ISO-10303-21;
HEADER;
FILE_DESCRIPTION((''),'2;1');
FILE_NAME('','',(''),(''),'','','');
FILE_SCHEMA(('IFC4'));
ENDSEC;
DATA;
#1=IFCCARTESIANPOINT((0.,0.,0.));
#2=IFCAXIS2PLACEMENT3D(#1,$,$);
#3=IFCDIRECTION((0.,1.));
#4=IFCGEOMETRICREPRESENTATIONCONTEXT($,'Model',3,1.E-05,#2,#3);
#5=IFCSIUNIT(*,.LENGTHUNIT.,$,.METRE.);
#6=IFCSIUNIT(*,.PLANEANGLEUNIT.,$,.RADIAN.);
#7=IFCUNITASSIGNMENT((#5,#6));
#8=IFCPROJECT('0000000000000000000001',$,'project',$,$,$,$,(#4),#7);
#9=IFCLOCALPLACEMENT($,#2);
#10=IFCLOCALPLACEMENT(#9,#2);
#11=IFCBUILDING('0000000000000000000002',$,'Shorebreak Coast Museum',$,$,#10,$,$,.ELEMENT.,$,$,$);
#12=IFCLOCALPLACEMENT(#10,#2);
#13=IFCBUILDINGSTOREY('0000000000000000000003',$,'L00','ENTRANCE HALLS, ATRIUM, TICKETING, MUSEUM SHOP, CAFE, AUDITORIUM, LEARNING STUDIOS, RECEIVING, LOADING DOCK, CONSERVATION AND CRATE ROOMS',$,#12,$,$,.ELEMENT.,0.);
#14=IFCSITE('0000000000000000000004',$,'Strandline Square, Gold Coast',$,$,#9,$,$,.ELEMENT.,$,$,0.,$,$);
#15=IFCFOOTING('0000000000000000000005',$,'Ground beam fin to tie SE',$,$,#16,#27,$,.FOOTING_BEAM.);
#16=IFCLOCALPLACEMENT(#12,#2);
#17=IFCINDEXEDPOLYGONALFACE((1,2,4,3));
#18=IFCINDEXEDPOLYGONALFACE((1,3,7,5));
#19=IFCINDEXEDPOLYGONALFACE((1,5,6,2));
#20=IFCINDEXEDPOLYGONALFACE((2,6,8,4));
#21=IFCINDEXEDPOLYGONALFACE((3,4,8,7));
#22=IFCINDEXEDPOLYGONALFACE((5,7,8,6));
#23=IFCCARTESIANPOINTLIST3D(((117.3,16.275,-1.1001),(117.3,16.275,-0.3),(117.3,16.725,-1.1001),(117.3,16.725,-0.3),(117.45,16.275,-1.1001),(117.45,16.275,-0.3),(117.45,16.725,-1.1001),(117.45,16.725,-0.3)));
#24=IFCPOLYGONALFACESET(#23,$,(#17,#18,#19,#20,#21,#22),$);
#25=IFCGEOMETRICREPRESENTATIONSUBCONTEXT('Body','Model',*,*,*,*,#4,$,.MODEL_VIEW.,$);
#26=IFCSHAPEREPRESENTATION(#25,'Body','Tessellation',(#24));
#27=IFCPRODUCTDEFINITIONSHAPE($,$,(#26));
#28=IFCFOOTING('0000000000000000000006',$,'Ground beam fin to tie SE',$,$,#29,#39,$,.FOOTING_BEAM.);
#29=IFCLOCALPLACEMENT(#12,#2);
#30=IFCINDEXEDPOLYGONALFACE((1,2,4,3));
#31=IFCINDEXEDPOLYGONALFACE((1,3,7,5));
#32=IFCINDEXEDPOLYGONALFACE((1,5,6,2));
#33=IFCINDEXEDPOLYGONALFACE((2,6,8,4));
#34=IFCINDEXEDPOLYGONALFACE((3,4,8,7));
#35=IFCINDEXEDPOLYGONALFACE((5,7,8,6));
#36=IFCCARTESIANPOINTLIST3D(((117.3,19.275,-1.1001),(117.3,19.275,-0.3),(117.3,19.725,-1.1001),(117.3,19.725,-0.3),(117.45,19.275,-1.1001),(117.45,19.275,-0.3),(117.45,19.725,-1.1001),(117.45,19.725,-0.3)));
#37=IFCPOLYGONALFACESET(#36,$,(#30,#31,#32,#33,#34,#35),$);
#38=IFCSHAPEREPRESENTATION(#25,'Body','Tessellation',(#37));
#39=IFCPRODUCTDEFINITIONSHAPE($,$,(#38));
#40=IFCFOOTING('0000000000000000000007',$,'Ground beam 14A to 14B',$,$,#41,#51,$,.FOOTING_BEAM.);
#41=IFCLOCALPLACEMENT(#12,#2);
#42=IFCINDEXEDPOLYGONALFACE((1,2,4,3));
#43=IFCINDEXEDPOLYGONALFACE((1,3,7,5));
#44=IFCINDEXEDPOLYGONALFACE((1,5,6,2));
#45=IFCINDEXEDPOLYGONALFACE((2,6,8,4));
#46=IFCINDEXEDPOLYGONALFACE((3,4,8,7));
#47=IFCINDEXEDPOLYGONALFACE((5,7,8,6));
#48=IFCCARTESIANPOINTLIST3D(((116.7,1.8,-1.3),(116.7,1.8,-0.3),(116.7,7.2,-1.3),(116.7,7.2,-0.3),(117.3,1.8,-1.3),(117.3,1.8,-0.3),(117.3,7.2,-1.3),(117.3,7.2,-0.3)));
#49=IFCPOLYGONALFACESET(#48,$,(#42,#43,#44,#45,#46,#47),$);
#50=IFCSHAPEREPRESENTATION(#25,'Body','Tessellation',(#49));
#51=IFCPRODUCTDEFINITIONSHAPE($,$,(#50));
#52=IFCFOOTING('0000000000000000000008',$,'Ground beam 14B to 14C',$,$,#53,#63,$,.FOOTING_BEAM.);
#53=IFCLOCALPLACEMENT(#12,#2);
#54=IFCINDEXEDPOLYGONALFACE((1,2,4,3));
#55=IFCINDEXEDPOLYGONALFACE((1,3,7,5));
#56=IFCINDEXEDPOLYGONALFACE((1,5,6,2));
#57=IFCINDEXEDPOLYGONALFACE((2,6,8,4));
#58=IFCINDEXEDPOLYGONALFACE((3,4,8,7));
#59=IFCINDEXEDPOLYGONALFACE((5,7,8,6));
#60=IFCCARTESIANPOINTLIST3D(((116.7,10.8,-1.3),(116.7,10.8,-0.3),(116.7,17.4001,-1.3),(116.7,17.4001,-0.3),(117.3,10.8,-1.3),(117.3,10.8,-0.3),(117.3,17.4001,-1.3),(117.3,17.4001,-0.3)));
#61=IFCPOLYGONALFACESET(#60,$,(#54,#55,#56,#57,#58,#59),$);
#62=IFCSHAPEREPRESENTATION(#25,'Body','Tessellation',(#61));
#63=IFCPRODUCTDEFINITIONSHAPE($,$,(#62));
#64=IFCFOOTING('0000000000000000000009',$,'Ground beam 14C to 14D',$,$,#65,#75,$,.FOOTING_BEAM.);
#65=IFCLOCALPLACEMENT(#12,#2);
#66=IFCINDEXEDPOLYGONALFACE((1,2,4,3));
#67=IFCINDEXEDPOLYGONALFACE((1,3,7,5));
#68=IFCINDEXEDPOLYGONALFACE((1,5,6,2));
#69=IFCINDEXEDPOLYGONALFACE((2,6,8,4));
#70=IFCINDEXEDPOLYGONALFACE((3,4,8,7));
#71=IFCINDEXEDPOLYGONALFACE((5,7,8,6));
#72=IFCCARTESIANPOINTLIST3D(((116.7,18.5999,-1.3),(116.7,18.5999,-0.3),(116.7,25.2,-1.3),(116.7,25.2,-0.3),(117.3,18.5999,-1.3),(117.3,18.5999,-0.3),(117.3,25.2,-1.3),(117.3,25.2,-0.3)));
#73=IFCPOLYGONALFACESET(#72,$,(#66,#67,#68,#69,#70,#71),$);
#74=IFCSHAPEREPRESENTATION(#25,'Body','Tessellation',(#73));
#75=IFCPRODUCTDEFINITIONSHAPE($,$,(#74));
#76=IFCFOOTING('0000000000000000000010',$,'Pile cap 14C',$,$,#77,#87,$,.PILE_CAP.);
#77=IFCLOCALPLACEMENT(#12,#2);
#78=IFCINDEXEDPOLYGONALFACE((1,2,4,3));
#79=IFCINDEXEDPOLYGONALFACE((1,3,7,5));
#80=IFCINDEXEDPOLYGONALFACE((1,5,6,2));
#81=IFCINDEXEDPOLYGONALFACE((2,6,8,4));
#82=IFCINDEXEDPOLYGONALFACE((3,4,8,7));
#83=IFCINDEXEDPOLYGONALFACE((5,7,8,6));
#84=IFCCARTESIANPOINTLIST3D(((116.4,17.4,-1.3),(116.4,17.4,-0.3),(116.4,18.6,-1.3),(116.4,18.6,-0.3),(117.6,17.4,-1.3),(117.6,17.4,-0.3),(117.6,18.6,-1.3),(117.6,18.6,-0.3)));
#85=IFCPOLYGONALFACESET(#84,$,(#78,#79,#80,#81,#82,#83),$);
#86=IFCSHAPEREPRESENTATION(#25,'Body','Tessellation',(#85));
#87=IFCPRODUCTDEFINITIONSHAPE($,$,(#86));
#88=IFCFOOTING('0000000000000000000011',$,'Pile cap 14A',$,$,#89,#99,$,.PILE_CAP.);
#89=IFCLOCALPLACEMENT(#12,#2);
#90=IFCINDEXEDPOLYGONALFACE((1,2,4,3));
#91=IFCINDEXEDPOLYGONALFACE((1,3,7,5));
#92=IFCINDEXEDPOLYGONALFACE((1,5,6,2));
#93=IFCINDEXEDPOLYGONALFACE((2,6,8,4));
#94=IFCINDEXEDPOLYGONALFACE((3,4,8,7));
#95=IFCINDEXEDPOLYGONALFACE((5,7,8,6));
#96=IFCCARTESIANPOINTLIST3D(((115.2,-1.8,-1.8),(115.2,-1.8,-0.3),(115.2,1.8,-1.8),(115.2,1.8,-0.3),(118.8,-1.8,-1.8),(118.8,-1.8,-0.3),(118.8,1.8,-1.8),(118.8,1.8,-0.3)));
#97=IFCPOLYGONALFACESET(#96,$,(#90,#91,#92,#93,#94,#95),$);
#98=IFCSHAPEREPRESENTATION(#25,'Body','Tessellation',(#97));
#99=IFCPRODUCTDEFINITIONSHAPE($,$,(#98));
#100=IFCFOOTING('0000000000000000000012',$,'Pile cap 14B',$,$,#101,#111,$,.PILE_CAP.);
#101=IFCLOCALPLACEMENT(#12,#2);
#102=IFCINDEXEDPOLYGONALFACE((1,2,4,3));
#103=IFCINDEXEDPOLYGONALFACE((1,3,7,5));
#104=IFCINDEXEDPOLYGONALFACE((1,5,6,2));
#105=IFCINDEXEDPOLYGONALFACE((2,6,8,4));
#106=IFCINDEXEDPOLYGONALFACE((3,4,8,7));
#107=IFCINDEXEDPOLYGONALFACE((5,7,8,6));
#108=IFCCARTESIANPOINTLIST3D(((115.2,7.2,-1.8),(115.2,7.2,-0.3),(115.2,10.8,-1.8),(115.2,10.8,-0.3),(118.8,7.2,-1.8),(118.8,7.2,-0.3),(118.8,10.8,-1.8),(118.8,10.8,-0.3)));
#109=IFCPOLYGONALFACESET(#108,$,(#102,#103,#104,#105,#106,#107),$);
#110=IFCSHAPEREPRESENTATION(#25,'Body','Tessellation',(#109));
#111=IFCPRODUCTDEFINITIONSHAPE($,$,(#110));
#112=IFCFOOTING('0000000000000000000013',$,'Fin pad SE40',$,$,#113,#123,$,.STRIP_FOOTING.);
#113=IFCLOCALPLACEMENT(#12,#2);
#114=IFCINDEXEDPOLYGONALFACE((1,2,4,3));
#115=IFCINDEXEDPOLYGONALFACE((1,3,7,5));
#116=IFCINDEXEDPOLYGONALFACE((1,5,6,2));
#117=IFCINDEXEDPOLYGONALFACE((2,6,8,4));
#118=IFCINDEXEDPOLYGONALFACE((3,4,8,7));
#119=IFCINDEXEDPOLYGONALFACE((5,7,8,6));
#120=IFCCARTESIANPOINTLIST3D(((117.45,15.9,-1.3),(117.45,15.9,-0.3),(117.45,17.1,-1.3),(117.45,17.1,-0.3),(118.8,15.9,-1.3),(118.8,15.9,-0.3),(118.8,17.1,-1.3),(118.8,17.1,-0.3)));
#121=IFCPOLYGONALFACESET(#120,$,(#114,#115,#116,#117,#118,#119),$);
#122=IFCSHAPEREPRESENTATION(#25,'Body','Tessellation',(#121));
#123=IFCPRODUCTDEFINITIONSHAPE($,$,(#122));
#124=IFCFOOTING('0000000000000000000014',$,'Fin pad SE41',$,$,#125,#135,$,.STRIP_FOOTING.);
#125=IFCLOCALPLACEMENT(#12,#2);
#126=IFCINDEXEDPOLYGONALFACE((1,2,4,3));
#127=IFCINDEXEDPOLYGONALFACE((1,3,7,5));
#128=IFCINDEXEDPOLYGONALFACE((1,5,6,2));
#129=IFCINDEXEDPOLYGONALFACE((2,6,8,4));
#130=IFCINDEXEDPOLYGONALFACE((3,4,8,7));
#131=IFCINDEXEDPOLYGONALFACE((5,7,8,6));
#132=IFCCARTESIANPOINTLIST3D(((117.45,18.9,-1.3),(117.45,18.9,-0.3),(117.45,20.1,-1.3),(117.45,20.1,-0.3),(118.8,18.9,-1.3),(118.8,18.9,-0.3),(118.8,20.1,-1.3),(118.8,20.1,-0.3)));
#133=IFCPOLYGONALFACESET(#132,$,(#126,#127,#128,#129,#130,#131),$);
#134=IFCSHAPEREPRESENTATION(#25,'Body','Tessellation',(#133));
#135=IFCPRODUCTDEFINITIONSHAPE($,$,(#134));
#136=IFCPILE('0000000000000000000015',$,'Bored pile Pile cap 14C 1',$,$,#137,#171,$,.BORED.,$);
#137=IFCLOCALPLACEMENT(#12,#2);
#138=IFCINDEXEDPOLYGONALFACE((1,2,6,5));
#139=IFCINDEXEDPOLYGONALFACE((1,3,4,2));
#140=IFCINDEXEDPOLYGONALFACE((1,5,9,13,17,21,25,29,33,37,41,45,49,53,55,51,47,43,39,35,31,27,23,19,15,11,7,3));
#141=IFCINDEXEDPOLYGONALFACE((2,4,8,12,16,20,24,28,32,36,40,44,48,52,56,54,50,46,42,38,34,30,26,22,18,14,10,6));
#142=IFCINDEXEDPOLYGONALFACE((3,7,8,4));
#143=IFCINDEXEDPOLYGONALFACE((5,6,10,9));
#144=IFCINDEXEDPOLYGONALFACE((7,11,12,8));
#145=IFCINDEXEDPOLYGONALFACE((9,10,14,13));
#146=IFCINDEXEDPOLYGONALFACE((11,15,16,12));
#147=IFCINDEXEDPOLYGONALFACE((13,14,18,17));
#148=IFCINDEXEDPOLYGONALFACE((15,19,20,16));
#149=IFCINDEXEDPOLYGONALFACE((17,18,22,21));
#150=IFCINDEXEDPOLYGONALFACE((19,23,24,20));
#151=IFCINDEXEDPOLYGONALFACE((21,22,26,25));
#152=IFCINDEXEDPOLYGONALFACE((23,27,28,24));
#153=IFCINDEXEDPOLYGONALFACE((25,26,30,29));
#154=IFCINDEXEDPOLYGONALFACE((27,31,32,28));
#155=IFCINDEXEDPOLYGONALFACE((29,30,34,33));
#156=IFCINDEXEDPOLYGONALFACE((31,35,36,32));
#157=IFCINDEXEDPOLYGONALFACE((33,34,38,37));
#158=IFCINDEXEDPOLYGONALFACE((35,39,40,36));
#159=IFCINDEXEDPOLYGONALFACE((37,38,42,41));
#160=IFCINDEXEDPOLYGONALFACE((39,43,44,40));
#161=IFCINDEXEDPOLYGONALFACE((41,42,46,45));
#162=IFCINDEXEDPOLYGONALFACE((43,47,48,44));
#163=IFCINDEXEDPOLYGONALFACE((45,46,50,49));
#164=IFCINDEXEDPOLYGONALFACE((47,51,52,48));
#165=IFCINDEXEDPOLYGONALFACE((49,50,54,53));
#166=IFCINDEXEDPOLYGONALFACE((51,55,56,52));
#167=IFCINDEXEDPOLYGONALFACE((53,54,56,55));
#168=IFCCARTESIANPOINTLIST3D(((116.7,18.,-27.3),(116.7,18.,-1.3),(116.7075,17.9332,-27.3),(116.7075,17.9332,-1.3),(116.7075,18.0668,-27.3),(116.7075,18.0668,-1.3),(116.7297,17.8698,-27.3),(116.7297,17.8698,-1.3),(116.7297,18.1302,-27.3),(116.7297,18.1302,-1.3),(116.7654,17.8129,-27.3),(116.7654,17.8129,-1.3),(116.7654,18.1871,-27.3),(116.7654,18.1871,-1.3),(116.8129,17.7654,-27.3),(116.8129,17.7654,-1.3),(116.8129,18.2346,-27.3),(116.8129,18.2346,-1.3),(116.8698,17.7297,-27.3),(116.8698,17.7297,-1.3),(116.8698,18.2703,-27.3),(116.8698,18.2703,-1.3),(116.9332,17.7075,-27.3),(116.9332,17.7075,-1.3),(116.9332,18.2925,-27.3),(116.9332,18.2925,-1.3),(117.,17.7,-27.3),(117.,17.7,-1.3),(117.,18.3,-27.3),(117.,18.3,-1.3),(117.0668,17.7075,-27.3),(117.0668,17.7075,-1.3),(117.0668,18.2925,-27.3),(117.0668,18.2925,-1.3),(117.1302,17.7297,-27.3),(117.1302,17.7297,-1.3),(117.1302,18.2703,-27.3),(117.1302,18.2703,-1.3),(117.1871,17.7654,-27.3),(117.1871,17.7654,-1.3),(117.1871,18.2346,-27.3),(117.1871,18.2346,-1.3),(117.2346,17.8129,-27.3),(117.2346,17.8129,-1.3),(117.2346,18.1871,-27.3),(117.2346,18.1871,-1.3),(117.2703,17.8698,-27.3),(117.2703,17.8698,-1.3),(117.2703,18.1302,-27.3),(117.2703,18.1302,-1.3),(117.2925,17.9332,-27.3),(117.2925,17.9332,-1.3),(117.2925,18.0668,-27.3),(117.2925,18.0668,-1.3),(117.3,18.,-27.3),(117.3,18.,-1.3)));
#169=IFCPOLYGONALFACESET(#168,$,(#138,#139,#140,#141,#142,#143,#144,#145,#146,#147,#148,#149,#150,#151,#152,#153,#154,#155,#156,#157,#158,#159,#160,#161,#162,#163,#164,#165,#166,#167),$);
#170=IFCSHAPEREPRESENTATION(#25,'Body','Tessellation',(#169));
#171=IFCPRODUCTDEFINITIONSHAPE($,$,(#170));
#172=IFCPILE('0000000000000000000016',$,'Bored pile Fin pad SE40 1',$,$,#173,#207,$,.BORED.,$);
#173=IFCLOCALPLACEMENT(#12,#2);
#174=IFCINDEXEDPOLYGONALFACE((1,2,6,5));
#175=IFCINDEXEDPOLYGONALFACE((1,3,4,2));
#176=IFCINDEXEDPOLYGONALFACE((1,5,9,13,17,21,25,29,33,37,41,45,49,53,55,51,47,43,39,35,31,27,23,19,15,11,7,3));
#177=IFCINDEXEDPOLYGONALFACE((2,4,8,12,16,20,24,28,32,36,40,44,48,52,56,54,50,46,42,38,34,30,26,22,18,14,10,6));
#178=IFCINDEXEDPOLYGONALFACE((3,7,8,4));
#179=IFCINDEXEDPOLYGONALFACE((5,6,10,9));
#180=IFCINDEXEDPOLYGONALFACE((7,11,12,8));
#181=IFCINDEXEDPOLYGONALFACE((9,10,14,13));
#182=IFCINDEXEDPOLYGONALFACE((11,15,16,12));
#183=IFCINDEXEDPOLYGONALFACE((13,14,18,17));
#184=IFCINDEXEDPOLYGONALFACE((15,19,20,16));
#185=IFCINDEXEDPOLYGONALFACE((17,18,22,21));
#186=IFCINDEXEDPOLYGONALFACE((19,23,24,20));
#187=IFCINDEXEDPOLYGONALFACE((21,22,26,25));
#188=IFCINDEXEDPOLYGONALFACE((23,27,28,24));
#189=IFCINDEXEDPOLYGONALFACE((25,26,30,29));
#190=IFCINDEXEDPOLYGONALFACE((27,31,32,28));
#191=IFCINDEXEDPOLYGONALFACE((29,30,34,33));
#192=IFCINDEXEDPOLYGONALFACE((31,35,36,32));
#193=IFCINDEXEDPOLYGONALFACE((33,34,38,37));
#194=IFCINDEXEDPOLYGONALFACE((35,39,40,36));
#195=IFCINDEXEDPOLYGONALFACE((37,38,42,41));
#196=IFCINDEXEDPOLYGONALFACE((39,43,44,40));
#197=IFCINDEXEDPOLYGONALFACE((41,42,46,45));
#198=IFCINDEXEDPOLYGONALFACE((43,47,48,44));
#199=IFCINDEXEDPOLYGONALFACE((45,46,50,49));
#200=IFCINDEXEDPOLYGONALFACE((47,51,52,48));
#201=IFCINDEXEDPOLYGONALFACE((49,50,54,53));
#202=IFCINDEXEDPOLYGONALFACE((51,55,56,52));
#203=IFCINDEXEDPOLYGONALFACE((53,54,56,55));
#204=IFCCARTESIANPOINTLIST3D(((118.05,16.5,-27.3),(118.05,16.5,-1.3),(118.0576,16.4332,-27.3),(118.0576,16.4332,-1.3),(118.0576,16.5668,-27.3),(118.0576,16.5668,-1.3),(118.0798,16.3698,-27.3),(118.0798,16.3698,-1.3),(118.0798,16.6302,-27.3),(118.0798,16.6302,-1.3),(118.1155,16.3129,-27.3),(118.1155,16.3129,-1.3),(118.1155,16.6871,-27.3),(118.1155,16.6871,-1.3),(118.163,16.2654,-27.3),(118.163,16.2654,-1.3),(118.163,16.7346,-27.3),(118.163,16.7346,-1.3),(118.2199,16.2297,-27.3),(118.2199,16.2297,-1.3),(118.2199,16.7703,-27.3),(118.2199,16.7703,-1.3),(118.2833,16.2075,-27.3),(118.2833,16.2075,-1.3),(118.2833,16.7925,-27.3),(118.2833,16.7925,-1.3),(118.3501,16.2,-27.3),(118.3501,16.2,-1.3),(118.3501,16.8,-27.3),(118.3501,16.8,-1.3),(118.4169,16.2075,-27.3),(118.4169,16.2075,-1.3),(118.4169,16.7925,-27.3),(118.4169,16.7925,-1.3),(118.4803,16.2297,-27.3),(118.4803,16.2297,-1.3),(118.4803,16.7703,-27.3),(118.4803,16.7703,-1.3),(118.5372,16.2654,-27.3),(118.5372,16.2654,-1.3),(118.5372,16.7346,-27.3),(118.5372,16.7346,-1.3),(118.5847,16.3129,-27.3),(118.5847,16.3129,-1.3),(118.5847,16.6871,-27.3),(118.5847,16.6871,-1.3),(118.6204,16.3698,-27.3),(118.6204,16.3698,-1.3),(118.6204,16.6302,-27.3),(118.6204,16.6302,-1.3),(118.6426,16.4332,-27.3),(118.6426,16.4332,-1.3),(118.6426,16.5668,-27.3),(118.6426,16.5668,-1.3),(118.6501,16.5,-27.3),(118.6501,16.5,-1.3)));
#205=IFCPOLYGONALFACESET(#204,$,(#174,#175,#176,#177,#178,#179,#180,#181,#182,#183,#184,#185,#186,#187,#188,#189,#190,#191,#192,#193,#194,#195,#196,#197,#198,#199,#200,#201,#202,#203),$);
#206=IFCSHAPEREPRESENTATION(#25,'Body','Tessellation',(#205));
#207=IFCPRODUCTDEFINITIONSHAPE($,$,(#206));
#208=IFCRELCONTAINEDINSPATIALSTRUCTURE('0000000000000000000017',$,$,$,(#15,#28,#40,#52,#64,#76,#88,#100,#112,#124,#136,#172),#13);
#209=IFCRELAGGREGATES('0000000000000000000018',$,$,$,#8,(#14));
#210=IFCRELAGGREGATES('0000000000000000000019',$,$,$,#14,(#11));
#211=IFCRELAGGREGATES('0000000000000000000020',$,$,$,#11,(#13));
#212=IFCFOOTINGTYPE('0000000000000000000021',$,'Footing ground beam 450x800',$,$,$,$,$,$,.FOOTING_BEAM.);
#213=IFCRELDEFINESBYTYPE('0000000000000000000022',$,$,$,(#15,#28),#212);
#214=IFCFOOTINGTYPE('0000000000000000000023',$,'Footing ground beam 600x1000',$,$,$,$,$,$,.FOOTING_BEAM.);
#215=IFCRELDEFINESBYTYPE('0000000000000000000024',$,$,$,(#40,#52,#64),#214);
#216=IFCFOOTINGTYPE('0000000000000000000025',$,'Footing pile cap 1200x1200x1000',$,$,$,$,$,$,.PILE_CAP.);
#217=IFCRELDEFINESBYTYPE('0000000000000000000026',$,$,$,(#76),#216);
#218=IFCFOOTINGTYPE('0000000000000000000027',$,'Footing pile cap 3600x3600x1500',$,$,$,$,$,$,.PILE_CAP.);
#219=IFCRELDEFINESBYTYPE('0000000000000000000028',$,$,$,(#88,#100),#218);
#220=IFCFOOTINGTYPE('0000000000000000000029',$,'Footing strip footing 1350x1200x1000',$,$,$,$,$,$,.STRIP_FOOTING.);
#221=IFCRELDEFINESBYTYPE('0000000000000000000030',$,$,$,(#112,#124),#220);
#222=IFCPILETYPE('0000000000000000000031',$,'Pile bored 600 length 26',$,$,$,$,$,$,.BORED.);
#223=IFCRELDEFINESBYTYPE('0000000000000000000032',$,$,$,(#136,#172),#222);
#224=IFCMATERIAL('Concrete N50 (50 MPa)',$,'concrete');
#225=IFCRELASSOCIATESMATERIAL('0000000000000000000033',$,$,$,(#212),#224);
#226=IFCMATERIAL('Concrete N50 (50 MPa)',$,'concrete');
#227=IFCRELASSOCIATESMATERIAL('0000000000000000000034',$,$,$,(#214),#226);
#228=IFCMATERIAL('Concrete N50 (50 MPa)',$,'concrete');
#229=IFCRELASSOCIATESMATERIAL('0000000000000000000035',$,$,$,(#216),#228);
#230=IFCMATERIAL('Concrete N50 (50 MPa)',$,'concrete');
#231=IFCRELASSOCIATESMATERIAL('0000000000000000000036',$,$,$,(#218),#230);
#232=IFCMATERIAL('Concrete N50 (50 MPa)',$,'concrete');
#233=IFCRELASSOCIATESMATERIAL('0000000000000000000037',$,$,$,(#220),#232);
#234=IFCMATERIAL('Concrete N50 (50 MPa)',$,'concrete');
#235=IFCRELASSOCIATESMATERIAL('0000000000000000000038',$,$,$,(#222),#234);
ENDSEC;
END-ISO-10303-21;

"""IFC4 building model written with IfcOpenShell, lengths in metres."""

from ifc_helpers import new_model, si_unit, direction, frame, origin, origin_2d, place, context, subcontext, project, spatial, rectangle, circle, extrude, material, material_profile, profile_set, type_object, element, save


model = new_model("IFC4")

# Units and contexts
model_context = context("Model", 3, precision=1e-05, world=origin(), true_north=direction((0.0, 1.0)))
body_context = subcontext(model_context, "Body", "Model", "MODEL_VIEW")
ifc_project = project(units=[si_unit("LENGTHUNIT", "METRE"), si_unit("PLANEANGLEUNIT", "RADIAN")], contexts=[model_context])

# Site, building, storey
site_placement = place(None, origin())
site = spatial("IfcSite", under=ifc_project, at=site_placement, Name="Strandline Square, Gold Coast", CompositionType="ELEMENT", RefElevation=0.0)
building_placement = place(site_placement, origin())
building = spatial("IfcBuilding", under=site, at=building_placement, Name="Shorebreak Coast Museum", CompositionType="ELEMENT")
storey_placement = place(building_placement, origin())
storey = spatial("IfcBuildingStorey", under=building, at=storey_placement, Name="L00", Description="ENTRANCE HALLS, ATRIUM, TICKETING, MUSEUM SHOP, CAFE, AUDITORIUM, LEARNING STUDIOS, RECEIVING, LOADING DOCK, CONSERVATION AND CRATE ROOMS", CompositionType="ELEMENT", Elevation=0.0)

# Footings
ifc_material_1 = material(Name="Concrete N50 (50 MPa)", Category="concrete")
footing_type_1 = type_object("IfcFootingType", Name="Footing ground beam 450x800", PredefinedType="FOOTING_BEAM", material=ifc_material_1)
for number, where, z_axis, x_axis, name in (
    (1, (117.375, 16.5, -1.1001), (0.0, 0.0, 1.0), (1.0, 0.0, 0.0), "Ground beam fin to tie SE"),
    (2, (117.375, 19.5, -1.1001), (0.0, 0.0, 1.0), (1.0, 0.0, 0.0), "Ground beam fin to tie SE"),
):
    element("IfcFooting", number, at=place(storey_placement, frame(where, z_axis=z_axis, x_axis=x_axis)), inside=storey, type_object=footing_type_1, Name=name, PredefinedType="FOOTING_BEAM", context=body_context, shape_type="SweptSolid", body=[
        extrude(rectangle(XDim=0.1499, YDim=0.45, at=origin_2d()), origin(), (0.0, 0.0, 1.0), 0.8),
    ])
ifc_material_2 = material(Name="Concrete N50 (50 MPa)", Category="concrete")
footing_type_2 = type_object("IfcFootingType", Name="Footing ground beam 600x1000", PredefinedType="FOOTING_BEAM", material=ifc_material_2)
footing_1_placement = place(storey_placement, frame((117.0, 4.5, -1.3), z_axis=(0.0, 0.0, 1.0), x_axis=(1.0, 0.0, 0.0)))
element("IfcFooting", 3, at=footing_1_placement, inside=storey, type_object=footing_type_2, Name="Ground beam 14A to 14B", PredefinedType="FOOTING_BEAM", context=body_context, shape_type="SweptSolid", body=[
    extrude(rectangle(XDim=0.6001, YDim=5.3999, at=origin_2d()), origin(), (0.0, 0.0, 1.0), 1.0),
])
for number, where, z_axis, x_axis, name in (
    (4, (117.0, 14.1001, -1.3), (0.0, 0.0, 1.0), (1.0, 0.0, 0.0), "Ground beam 14B to 14C"),
    (5, (117.0, 21.8999, -1.3), (0.0, 0.0, 1.0), (1.0, 0.0, 0.0), "Ground beam 14C to 14D"),
):
    element("IfcFooting", number, at=place(storey_placement, frame(where, z_axis=z_axis, x_axis=x_axis)), inside=storey, type_object=footing_type_2, Name=name, PredefinedType="FOOTING_BEAM", context=body_context, shape_type="SweptSolid", body=[
        extrude(rectangle(XDim=0.6001, YDim=6.6001, at=origin_2d()), origin(), (0.0, 0.0, 1.0), 1.0),
    ])
ifc_material_3 = material(Name="Concrete N50 (50 MPa)", Category="concrete")
footing_type_3 = type_object("IfcFootingType", Name="Footing pile cap 1200x1200x1000", PredefinedType="PILE_CAP", material=ifc_material_3)
footing_2_placement = place(storey_placement, frame((117.0, 18.0, -1.3), z_axis=(0.0, 0.0, 1.0), x_axis=(1.0, 0.0, 0.0)))
element("IfcFooting", 6, at=footing_2_placement, inside=storey, type_object=footing_type_3, Name="Pile cap 14C", PredefinedType="PILE_CAP", context=body_context, shape_type="SweptSolid", body=[
    extrude(rectangle(XDim=1.2, YDim=1.2, at=origin_2d()), origin(), (0.0, 0.0, 1.0), 1.0),
])
ifc_material_4 = material(Name="Concrete N50 (50 MPa)", Category="concrete")
footing_type_4 = type_object("IfcFootingType", Name="Footing pile cap 3600x3600x1500", PredefinedType="PILE_CAP", material=ifc_material_4)
for number, where, z_axis, x_axis, name in (
    (7, (117.0, 0.0, -1.8), (0.0, 0.0, 1.0), (1.0, 0.0, 0.0), "Pile cap 14A"),
    (8, (117.0, 9.0, -1.8), (0.0, 0.0, 1.0), (1.0, 0.0, 0.0), "Pile cap 14B"),
):
    element("IfcFooting", number, at=place(storey_placement, frame(where, z_axis=z_axis, x_axis=x_axis)), inside=storey, type_object=footing_type_4, Name=name, PredefinedType="PILE_CAP", context=body_context, shape_type="SweptSolid", body=[
        extrude(rectangle(XDim=3.6001, YDim=3.6001, at=origin_2d()), origin(), (0.0, 0.0, 1.0), 1.5),
    ])
ifc_material_5 = material(Name="Concrete N50 (50 MPa)", Category="concrete")
footing_type_5 = type_object("IfcFootingType", Name="Footing strip footing 1350x1200x1000", PredefinedType="STRIP_FOOTING", material=ifc_material_5)
for number, where, z_axis, x_axis, name in (
    (9, (118.125, 16.5, -1.3), (0.0, 0.0, 1.0), (1.0, 0.0, 0.0), "Fin pad SE40"),
    (10, (118.125, 19.5, -1.3), (0.0, 0.0, 1.0), (1.0, 0.0, 0.0), "Fin pad SE41"),
):
    element("IfcFooting", number, at=place(storey_placement, frame(where, z_axis=z_axis, x_axis=x_axis)), inside=storey, type_object=footing_type_5, Name=name, PredefinedType="STRIP_FOOTING", context=body_context, shape_type="SweptSolid", body=[
        extrude(rectangle(XDim=1.3501, YDim=1.2, at=origin_2d()), origin(), (0.0, 0.0, 1.0), 1.0),
    ])

# Piles
ifc_material_6 = material(Name="Concrete N50 (50 MPa)", Category="concrete")
ifc_material_profile_1 = material_profile(ifc_material_6, circle(Radius=0.3, at=origin_2d()), Name="Pile bored 600 length 26")
ifc_profile_set_1 = profile_set([ifc_material_profile_1], Name="Concrete N50 (50 MPa)")
pile_type_1 = type_object("IfcPileType", Name="Pile bored 600 length 26", PredefinedType="BORED", material=ifc_profile_set_1)
for number, where, z_axis, x_axis, name in (
    (11, (117.0, 18.0, -1.3), (0.0, 0.0, -1.0), (1.0, 0.0, 0.0), "Bored pile Pile cap 14C 1"),
    (12, (118.3501, 16.5, -1.3), (0.0, 0.0, -1.0), (1.0, 0.0, 0.0), "Bored pile Fin pad SE40 1"),
):
    element("IfcPile", number, at=place(storey_placement, frame(where, z_axis=z_axis, x_axis=x_axis)), inside=storey, type_object=pile_type_1, Name=name, PredefinedType="BORED", context=body_context, shape_type="SweptSolid", body=[
        extrude(circle(Radius=0.3, at=origin_2d()), origin(), (0.0, 0.0, 1.0), 26.0),
    ])

save(model, "model.ifc")
